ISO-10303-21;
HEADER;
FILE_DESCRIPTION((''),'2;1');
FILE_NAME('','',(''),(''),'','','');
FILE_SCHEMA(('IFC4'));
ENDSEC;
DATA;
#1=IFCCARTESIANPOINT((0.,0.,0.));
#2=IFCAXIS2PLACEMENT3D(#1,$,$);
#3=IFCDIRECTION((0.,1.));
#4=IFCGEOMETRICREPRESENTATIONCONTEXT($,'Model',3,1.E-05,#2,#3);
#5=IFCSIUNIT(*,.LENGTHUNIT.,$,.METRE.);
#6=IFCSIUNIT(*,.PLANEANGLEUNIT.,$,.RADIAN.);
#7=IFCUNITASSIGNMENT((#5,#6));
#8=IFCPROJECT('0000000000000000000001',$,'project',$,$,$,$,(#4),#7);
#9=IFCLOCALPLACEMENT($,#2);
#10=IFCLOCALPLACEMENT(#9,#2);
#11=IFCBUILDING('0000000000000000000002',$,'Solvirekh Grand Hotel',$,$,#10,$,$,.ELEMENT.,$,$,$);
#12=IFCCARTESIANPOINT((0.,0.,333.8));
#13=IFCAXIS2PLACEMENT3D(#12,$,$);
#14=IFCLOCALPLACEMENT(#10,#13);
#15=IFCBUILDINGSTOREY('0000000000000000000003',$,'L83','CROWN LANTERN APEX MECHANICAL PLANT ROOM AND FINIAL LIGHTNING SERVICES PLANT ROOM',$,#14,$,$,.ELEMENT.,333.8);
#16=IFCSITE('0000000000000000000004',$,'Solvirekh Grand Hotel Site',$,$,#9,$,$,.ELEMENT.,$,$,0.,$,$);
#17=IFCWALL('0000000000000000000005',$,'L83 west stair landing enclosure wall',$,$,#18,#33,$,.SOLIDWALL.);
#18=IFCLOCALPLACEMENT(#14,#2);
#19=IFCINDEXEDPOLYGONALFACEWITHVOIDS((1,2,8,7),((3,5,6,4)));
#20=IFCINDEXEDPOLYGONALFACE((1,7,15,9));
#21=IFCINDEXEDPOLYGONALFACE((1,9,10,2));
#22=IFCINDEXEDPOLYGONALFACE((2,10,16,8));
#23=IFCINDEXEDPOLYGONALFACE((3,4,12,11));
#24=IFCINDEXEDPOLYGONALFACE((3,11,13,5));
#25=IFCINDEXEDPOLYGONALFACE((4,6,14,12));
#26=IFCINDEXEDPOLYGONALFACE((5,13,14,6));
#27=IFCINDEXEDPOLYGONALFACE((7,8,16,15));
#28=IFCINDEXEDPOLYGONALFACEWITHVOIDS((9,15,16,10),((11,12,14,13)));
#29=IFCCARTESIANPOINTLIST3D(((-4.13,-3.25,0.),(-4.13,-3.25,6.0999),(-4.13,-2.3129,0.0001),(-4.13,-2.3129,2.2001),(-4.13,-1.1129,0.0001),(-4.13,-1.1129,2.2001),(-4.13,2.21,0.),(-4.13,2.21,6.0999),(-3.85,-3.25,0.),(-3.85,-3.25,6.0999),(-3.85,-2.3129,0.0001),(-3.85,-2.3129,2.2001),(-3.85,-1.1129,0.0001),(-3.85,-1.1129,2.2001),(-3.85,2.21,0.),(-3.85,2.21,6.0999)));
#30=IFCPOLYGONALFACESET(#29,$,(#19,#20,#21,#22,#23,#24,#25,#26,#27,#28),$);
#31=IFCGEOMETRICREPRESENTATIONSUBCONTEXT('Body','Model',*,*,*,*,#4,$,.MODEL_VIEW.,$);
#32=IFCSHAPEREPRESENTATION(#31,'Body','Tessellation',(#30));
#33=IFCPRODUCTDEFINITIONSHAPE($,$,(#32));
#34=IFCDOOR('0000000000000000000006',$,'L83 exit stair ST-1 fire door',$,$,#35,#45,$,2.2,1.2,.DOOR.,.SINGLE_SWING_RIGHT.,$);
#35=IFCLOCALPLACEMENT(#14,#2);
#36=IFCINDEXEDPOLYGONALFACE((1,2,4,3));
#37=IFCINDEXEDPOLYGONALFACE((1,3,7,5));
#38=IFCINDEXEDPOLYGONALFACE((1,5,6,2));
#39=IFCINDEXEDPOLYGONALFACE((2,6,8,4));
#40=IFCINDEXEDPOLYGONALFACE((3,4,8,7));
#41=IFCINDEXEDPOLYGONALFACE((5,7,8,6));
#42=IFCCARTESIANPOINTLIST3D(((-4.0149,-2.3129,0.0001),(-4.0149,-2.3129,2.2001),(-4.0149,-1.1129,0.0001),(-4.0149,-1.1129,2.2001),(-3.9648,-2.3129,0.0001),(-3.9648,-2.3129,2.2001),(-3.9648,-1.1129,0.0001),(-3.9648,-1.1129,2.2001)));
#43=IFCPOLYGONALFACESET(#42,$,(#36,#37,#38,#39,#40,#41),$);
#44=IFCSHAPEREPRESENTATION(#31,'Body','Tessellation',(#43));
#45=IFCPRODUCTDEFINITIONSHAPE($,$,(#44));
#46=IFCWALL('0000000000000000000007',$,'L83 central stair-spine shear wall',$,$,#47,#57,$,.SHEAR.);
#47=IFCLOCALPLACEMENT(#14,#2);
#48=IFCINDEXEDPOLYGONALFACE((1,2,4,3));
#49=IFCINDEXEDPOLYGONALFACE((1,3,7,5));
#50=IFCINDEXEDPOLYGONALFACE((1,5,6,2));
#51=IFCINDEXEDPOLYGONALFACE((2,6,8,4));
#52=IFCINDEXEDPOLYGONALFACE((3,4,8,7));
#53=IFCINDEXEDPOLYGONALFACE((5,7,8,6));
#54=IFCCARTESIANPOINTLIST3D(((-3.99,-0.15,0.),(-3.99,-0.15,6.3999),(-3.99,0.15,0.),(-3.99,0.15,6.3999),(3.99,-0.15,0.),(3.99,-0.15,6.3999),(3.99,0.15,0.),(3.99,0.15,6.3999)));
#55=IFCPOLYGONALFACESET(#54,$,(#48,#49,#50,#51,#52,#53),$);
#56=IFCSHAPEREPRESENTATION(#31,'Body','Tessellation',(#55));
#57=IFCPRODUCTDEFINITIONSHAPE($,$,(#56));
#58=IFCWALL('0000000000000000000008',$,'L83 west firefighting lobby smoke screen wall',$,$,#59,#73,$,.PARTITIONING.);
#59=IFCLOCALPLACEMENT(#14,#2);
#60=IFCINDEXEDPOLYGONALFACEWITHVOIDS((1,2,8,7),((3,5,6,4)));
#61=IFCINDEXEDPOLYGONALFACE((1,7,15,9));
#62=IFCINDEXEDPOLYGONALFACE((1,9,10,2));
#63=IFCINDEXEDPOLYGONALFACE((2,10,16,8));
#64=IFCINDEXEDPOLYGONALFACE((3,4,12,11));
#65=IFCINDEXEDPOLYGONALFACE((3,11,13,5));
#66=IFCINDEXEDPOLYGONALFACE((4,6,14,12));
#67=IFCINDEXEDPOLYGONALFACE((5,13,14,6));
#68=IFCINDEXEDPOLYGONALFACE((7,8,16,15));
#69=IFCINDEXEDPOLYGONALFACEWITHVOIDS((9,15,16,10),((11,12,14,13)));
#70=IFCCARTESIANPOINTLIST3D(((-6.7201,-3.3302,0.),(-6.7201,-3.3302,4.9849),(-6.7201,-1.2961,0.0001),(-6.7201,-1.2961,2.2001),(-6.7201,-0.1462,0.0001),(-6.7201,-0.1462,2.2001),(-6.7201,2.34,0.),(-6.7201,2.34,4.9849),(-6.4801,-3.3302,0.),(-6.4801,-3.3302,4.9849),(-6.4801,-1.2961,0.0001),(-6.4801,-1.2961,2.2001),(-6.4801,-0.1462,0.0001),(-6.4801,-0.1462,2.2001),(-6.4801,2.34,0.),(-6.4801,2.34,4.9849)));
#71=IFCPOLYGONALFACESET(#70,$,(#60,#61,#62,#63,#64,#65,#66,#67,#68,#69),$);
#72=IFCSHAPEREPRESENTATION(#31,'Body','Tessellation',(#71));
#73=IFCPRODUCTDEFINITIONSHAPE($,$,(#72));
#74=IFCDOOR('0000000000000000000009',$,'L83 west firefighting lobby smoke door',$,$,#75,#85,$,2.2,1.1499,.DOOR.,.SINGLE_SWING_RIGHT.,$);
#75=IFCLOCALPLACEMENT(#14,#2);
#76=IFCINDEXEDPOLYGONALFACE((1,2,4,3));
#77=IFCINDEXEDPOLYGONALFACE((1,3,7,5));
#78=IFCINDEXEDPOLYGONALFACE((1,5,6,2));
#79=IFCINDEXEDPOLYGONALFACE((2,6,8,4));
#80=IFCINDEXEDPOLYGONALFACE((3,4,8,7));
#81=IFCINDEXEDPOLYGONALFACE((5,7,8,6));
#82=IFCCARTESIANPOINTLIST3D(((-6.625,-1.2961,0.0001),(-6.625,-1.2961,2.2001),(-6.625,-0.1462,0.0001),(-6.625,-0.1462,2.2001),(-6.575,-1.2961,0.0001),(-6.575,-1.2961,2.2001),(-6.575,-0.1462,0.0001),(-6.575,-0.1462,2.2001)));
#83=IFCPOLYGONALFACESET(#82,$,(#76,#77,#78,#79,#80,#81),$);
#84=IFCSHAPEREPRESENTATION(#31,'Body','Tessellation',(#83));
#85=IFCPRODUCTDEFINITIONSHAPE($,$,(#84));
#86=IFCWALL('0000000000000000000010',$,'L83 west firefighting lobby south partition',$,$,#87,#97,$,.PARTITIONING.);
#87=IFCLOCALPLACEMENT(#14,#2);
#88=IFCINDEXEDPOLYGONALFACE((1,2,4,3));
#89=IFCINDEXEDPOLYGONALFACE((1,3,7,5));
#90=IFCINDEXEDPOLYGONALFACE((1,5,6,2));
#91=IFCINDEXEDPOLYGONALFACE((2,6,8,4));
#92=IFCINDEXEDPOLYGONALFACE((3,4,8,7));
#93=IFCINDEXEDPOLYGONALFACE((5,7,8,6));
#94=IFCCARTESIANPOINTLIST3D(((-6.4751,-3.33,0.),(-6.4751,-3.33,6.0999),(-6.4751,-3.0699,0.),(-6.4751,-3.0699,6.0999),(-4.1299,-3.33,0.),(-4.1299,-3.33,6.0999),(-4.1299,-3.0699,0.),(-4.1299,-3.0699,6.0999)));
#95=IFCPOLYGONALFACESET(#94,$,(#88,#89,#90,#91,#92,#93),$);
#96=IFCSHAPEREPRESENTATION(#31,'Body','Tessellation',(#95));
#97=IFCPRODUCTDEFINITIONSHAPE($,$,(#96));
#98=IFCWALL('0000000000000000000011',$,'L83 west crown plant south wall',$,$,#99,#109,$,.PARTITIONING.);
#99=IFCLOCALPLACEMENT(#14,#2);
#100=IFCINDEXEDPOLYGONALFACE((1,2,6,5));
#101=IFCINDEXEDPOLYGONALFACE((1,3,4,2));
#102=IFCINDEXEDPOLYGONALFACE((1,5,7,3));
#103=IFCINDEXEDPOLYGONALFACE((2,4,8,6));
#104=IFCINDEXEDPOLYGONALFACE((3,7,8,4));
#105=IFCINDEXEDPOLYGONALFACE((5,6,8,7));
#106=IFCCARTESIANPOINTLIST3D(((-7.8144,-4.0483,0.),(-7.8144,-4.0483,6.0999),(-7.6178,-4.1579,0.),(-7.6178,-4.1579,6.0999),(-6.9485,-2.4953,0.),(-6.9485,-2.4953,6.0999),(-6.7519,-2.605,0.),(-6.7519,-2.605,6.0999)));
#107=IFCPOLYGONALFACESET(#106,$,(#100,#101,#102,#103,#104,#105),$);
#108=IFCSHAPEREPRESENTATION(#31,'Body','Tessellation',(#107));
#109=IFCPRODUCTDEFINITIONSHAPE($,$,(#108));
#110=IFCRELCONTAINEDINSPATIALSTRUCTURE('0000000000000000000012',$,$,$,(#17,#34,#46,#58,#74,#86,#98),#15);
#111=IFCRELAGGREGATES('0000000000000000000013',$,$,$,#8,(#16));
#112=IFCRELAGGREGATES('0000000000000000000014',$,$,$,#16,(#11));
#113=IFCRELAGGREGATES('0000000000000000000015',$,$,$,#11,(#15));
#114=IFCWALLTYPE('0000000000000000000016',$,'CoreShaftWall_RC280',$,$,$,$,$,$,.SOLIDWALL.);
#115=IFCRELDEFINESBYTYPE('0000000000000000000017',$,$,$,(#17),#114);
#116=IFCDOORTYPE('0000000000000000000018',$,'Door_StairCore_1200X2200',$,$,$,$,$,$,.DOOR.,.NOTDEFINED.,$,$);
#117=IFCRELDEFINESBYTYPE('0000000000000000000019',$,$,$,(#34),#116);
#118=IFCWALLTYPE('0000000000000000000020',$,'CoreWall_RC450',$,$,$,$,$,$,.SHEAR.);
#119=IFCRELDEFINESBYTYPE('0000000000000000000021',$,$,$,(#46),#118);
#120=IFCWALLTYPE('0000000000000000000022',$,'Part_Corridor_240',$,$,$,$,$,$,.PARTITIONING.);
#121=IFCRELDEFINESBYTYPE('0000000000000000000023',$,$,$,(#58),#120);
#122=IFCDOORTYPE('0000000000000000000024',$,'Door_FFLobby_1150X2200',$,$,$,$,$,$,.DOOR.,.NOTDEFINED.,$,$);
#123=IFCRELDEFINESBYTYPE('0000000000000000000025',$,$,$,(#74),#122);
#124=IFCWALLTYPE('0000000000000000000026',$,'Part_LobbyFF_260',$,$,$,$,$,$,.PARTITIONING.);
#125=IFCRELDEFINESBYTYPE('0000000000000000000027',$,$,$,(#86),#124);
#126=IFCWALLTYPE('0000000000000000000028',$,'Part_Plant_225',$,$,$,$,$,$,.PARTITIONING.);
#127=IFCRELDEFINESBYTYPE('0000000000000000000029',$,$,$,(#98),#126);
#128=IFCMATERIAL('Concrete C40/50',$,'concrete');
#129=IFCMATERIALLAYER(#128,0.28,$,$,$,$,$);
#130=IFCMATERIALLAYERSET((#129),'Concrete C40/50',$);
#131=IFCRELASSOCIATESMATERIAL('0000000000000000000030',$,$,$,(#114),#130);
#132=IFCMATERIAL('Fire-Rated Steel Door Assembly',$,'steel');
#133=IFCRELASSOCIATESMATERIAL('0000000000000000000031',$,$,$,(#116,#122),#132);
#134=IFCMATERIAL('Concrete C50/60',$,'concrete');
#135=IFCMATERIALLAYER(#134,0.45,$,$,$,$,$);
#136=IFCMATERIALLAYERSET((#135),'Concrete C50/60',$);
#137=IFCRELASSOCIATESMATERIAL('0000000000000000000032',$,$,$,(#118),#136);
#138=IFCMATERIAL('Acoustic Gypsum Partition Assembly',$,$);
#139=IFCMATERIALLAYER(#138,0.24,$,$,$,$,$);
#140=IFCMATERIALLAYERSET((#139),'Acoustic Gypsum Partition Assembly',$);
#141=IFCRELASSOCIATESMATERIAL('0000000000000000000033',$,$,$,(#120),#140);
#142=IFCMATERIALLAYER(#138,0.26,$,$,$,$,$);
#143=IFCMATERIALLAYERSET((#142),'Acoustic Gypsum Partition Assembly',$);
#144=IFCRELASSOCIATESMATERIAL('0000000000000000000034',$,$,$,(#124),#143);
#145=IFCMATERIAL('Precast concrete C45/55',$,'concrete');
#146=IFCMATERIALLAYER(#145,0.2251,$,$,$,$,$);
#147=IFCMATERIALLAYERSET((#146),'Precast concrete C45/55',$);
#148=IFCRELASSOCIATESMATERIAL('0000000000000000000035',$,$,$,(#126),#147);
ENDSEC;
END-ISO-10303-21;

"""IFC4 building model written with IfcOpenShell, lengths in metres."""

from ifc_helpers import new_model, si_unit, direction, frame, frame_2d, origin, place, context, subcontext, project, spatial, rectangle, extrude, material, layer, layer_set, type_object, element, fill, save


model = new_model("IFC4")

# Units and contexts
model_context = context("Model", 3, precision=1e-05, world=origin(), true_north=direction((0.0, 1.0)))
body_context = subcontext(model_context, "Body", "Model", "MODEL_VIEW")
ifc_project = project(units=[si_unit("LENGTHUNIT", "METRE"), si_unit("PLANEANGLEUNIT", "RADIAN")], contexts=[model_context])

# Site, building, storey
site_placement = place(None, origin())
site = spatial("IfcSite", under=ifc_project, at=site_placement, Name="Solvirekh Grand Hotel Site", CompositionType="ELEMENT", RefElevation=0.0)
building_placement = place(site_placement, origin())
building = spatial("IfcBuilding", under=site, at=building_placement, Name="Solvirekh Grand Hotel", CompositionType="ELEMENT")
storey_placement = place(building_placement, frame((0.0, 0.0, 333.8)))
storey = spatial("IfcBuildingStorey", under=building, at=storey_placement, Name="L83", Description="CROWN LANTERN APEX MECHANICAL PLANT ROOM AND FINIAL LIGHTNING SERVICES PLANT ROOM", CompositionType="ELEMENT", Elevation=333.8)

# Shared definitions
ifc_material_1 = material(Name="Concrete C50/60", Category="concrete")

# Wall, opening, door
ifc_material_2 = material(Name="Concrete C40/50", Category="concrete")
ifc_layer_1 = layer(ifc_material_2, 0.28)
ifc_layer_set_1 = layer_set([ifc_layer_1], Name="Concrete C40/50")
wall_type_1 = type_object("IfcWallType", Name="CoreShaftWall_RC280", PredefinedType="SOLIDWALL", material=ifc_layer_set_1)
wall_1_placement = place(storey_placement, frame((-3.99, -3.25, 0.0), z_axis=(0.0, 0.0, 1.0), x_axis=(0.0, 1.0, 0.0)))
wall_1 = element("IfcWall", 1, at=wall_1_placement, inside=storey, type_object=wall_type_1, Name="L83 west stair landing enclosure wall", PredefinedType="SOLIDWALL", context=body_context, shape_type="SweptSolid", body=[
    extrude(rectangle(XDim=5.46, YDim=0.28, at=frame_2d((2.73, 0.0))), origin(), (0.0, 0.0, 1.0), 6.0999),
])
opening_1_placement = place(wall_1_placement, frame((0.937, 0.0, 0.0)))
opening_1 = element("IfcOpeningElement", 2, at=opening_1_placement, cuts=wall_1, PredefinedType="OPENING", context=body_context, shape_type="SweptSolid", body=[
    extrude(rectangle(XDim=1.2, YDim=2.2, at=frame_2d((0.6001, 1.1001))), frame((0.0, 0.1499, 0.0), z_axis=(0.0, -1.0, 0.0), x_axis=(1.0, 0.0, 0.0)), (0.0, 0.0, 1.0), 0.3),
])
ifc_material_3 = material(Name="Fire-Rated Steel Door Assembly", Category="steel")
door_type_1 = type_object("IfcDoorType", Name="Door_StairCore_1200X2200", OperationType="NOTDEFINED", PredefinedType="DOOR", material=ifc_material_3)
door_1_placement = place(opening_1_placement, origin())
door_1 = element("IfcDoor", 3, at=door_1_placement, inside=storey, type_object=door_type_1, Name="L83 exit stair ST-1 fire door", OperationType="SINGLE_SWING_RIGHT", OverallHeight=2.2, OverallWidth=1.2, PredefinedType="DOOR", context=body_context, shape_type="SweptSolid", body=[
    extrude(rectangle(XDim=1.2, YDim=2.2, at=frame_2d((0.6001, 1.1001))), frame((0.0, 0.0249, 0.0), z_axis=(0.0, -1.0, 0.0), x_axis=(1.0, 0.0, 0.0)), (0.0, 0.0, 1.0), 0.05),
])
fill(opening_1, door_1)

# Wall
ifc_layer_2 = layer(ifc_material_1, 0.45)
ifc_layer_set_2 = layer_set([ifc_layer_2], Name="Concrete C50/60")
wall_type_2 = type_object("IfcWallType", Name="CoreWall_RC450", PredefinedType="SHEAR", material=ifc_layer_set_2)
wall_2_placement = place(storey_placement, frame((-3.99, 0.0, 0.0), z_axis=(0.0, 0.0, 1.0), x_axis=(1.0, 0.0, 0.0)))
element("IfcWall", 4, at=wall_2_placement, inside=storey, type_object=wall_type_2, Name="L83 central stair-spine shear wall", PredefinedType="SHEAR", context=body_context, shape_type="SweptSolid", body=[
    extrude(rectangle(XDim=7.98, YDim=0.3, at=frame_2d((3.99, 0.0))), origin(), (0.0, 0.0, 1.0), 6.3999),
])

# Wall, opening, door
ifc_material_4 = material(Name="Acoustic Gypsum Partition Assembly")
ifc_layer_3 = layer(ifc_material_4, 0.24)
ifc_layer_set_3 = layer_set([ifc_layer_3], Name="Acoustic Gypsum Partition Assembly")
wall_type_3 = type_object("IfcWallType", Name="Part_Corridor_240", PredefinedType="PARTITIONING", material=ifc_layer_set_3)
wall_3_placement = place(storey_placement, frame((-6.6001, -3.3301, 0.0), z_axis=(0.0, 0.0, 1.0), x_axis=(0.0, 1.0, 0.0)))
wall_3 = element("IfcWall", 5, at=wall_3_placement, inside=storey, type_object=wall_type_3, Name="L83 west firefighting lobby smoke screen wall", PredefinedType="PARTITIONING", context=body_context, shape_type="SweptSolid", body=[
    extrude(rectangle(XDim=5.6702, YDim=0.24, at=frame_2d((2.835, 0.0))), origin(), (0.0, 0.0, 1.0), 4.9849),
])
opening_2_placement = place(wall_3_placement, frame((2.0339, 0.0, 0.0)))
opening_2 = element("IfcOpeningElement", 6, at=opening_2_placement, cuts=wall_3, PredefinedType="OPENING", context=body_context, shape_type="SweptSolid", body=[
    extrude(rectangle(XDim=1.1499, YDim=2.2, at=frame_2d((0.575, 1.1001))), frame((0.0, 0.1299, 0.0), z_axis=(0.0, -1.0, 0.0), x_axis=(1.0, 0.0, 0.0)), (0.0, 0.0, 1.0), 0.26),
])
door_type_2 = type_object("IfcDoorType", Name="Door_FFLobby_1150X2200", OperationType="NOTDEFINED", PredefinedType="DOOR", material=ifc_material_3)
door_2_placement = place(opening_2_placement, origin())
door_2 = element("IfcDoor", 7, at=door_2_placement, inside=storey, type_object=door_type_2, Name="L83 west firefighting lobby smoke door", OperationType="SINGLE_SWING_RIGHT", OverallHeight=2.2, OverallWidth=1.1499, PredefinedType="DOOR", context=body_context, shape_type="SweptSolid", body=[
    extrude(rectangle(XDim=1.1499, YDim=2.2, at=frame_2d((0.575, 1.1001))), frame((0.0, 0.0249, 0.0), z_axis=(0.0, -1.0, 0.0), x_axis=(1.0, 0.0, 0.0)), (0.0, 0.0, 1.0), 0.05),
])
fill(opening_2, door_2)

# Walls
ifc_layer_4 = layer(ifc_material_4, 0.26)
ifc_layer_set_4 = layer_set([ifc_layer_4], Name="Acoustic Gypsum Partition Assembly")
wall_type_4 = type_object("IfcWallType", Name="Part_LobbyFF_260", PredefinedType="PARTITIONING", material=ifc_layer_set_4)
wall_4_placement = place(storey_placement, frame((-6.4751, -3.2, 0.0), z_axis=(0.0, 0.0, 1.0), x_axis=(1.0, 0.0, 0.0)))
element("IfcWall", 8, at=wall_4_placement, inside=storey, type_object=wall_type_4, Name="L83 west firefighting lobby south partition", PredefinedType="PARTITIONING", context=body_context, shape_type="SweptSolid", body=[
    extrude(rectangle(XDim=2.3452, YDim=0.26, at=frame_2d((1.1726, 0.0))), origin(), (0.0, 0.0, 1.0), 6.0999),
])
ifc_material_5 = material(Name="Precast concrete C45/55", Category="concrete")
ifc_layer_5 = layer(ifc_material_5, 0.2251)
ifc_layer_set_5 = layer_set([ifc_layer_5], Name="Precast concrete C45/55")
wall_type_5 = type_object("IfcWallType", Name="Part_Plant_225", PredefinedType="PARTITIONING", material=ifc_layer_set_5)
wall_5_placement = place(storey_placement, frame((-6.8501, -2.55, 0.0), z_axis=(0.0, 0.0, 1.0), x_axis=(-0.487018, -0.873392, 0.0)))
element("IfcWall", 9, at=wall_5_placement, inside=storey, type_object=wall_type_5, Name="L83 west crown plant south wall", PredefinedType="PARTITIONING", context=body_context, shape_type="SweptSolid", body=[
    extrude(rectangle(XDim=1.7781, YDim=0.2251, at=frame_2d((0.8892, 0.0))), origin(), (0.0, 0.0, 1.0), 6.0999),
])

save(model, "model.ifc")
